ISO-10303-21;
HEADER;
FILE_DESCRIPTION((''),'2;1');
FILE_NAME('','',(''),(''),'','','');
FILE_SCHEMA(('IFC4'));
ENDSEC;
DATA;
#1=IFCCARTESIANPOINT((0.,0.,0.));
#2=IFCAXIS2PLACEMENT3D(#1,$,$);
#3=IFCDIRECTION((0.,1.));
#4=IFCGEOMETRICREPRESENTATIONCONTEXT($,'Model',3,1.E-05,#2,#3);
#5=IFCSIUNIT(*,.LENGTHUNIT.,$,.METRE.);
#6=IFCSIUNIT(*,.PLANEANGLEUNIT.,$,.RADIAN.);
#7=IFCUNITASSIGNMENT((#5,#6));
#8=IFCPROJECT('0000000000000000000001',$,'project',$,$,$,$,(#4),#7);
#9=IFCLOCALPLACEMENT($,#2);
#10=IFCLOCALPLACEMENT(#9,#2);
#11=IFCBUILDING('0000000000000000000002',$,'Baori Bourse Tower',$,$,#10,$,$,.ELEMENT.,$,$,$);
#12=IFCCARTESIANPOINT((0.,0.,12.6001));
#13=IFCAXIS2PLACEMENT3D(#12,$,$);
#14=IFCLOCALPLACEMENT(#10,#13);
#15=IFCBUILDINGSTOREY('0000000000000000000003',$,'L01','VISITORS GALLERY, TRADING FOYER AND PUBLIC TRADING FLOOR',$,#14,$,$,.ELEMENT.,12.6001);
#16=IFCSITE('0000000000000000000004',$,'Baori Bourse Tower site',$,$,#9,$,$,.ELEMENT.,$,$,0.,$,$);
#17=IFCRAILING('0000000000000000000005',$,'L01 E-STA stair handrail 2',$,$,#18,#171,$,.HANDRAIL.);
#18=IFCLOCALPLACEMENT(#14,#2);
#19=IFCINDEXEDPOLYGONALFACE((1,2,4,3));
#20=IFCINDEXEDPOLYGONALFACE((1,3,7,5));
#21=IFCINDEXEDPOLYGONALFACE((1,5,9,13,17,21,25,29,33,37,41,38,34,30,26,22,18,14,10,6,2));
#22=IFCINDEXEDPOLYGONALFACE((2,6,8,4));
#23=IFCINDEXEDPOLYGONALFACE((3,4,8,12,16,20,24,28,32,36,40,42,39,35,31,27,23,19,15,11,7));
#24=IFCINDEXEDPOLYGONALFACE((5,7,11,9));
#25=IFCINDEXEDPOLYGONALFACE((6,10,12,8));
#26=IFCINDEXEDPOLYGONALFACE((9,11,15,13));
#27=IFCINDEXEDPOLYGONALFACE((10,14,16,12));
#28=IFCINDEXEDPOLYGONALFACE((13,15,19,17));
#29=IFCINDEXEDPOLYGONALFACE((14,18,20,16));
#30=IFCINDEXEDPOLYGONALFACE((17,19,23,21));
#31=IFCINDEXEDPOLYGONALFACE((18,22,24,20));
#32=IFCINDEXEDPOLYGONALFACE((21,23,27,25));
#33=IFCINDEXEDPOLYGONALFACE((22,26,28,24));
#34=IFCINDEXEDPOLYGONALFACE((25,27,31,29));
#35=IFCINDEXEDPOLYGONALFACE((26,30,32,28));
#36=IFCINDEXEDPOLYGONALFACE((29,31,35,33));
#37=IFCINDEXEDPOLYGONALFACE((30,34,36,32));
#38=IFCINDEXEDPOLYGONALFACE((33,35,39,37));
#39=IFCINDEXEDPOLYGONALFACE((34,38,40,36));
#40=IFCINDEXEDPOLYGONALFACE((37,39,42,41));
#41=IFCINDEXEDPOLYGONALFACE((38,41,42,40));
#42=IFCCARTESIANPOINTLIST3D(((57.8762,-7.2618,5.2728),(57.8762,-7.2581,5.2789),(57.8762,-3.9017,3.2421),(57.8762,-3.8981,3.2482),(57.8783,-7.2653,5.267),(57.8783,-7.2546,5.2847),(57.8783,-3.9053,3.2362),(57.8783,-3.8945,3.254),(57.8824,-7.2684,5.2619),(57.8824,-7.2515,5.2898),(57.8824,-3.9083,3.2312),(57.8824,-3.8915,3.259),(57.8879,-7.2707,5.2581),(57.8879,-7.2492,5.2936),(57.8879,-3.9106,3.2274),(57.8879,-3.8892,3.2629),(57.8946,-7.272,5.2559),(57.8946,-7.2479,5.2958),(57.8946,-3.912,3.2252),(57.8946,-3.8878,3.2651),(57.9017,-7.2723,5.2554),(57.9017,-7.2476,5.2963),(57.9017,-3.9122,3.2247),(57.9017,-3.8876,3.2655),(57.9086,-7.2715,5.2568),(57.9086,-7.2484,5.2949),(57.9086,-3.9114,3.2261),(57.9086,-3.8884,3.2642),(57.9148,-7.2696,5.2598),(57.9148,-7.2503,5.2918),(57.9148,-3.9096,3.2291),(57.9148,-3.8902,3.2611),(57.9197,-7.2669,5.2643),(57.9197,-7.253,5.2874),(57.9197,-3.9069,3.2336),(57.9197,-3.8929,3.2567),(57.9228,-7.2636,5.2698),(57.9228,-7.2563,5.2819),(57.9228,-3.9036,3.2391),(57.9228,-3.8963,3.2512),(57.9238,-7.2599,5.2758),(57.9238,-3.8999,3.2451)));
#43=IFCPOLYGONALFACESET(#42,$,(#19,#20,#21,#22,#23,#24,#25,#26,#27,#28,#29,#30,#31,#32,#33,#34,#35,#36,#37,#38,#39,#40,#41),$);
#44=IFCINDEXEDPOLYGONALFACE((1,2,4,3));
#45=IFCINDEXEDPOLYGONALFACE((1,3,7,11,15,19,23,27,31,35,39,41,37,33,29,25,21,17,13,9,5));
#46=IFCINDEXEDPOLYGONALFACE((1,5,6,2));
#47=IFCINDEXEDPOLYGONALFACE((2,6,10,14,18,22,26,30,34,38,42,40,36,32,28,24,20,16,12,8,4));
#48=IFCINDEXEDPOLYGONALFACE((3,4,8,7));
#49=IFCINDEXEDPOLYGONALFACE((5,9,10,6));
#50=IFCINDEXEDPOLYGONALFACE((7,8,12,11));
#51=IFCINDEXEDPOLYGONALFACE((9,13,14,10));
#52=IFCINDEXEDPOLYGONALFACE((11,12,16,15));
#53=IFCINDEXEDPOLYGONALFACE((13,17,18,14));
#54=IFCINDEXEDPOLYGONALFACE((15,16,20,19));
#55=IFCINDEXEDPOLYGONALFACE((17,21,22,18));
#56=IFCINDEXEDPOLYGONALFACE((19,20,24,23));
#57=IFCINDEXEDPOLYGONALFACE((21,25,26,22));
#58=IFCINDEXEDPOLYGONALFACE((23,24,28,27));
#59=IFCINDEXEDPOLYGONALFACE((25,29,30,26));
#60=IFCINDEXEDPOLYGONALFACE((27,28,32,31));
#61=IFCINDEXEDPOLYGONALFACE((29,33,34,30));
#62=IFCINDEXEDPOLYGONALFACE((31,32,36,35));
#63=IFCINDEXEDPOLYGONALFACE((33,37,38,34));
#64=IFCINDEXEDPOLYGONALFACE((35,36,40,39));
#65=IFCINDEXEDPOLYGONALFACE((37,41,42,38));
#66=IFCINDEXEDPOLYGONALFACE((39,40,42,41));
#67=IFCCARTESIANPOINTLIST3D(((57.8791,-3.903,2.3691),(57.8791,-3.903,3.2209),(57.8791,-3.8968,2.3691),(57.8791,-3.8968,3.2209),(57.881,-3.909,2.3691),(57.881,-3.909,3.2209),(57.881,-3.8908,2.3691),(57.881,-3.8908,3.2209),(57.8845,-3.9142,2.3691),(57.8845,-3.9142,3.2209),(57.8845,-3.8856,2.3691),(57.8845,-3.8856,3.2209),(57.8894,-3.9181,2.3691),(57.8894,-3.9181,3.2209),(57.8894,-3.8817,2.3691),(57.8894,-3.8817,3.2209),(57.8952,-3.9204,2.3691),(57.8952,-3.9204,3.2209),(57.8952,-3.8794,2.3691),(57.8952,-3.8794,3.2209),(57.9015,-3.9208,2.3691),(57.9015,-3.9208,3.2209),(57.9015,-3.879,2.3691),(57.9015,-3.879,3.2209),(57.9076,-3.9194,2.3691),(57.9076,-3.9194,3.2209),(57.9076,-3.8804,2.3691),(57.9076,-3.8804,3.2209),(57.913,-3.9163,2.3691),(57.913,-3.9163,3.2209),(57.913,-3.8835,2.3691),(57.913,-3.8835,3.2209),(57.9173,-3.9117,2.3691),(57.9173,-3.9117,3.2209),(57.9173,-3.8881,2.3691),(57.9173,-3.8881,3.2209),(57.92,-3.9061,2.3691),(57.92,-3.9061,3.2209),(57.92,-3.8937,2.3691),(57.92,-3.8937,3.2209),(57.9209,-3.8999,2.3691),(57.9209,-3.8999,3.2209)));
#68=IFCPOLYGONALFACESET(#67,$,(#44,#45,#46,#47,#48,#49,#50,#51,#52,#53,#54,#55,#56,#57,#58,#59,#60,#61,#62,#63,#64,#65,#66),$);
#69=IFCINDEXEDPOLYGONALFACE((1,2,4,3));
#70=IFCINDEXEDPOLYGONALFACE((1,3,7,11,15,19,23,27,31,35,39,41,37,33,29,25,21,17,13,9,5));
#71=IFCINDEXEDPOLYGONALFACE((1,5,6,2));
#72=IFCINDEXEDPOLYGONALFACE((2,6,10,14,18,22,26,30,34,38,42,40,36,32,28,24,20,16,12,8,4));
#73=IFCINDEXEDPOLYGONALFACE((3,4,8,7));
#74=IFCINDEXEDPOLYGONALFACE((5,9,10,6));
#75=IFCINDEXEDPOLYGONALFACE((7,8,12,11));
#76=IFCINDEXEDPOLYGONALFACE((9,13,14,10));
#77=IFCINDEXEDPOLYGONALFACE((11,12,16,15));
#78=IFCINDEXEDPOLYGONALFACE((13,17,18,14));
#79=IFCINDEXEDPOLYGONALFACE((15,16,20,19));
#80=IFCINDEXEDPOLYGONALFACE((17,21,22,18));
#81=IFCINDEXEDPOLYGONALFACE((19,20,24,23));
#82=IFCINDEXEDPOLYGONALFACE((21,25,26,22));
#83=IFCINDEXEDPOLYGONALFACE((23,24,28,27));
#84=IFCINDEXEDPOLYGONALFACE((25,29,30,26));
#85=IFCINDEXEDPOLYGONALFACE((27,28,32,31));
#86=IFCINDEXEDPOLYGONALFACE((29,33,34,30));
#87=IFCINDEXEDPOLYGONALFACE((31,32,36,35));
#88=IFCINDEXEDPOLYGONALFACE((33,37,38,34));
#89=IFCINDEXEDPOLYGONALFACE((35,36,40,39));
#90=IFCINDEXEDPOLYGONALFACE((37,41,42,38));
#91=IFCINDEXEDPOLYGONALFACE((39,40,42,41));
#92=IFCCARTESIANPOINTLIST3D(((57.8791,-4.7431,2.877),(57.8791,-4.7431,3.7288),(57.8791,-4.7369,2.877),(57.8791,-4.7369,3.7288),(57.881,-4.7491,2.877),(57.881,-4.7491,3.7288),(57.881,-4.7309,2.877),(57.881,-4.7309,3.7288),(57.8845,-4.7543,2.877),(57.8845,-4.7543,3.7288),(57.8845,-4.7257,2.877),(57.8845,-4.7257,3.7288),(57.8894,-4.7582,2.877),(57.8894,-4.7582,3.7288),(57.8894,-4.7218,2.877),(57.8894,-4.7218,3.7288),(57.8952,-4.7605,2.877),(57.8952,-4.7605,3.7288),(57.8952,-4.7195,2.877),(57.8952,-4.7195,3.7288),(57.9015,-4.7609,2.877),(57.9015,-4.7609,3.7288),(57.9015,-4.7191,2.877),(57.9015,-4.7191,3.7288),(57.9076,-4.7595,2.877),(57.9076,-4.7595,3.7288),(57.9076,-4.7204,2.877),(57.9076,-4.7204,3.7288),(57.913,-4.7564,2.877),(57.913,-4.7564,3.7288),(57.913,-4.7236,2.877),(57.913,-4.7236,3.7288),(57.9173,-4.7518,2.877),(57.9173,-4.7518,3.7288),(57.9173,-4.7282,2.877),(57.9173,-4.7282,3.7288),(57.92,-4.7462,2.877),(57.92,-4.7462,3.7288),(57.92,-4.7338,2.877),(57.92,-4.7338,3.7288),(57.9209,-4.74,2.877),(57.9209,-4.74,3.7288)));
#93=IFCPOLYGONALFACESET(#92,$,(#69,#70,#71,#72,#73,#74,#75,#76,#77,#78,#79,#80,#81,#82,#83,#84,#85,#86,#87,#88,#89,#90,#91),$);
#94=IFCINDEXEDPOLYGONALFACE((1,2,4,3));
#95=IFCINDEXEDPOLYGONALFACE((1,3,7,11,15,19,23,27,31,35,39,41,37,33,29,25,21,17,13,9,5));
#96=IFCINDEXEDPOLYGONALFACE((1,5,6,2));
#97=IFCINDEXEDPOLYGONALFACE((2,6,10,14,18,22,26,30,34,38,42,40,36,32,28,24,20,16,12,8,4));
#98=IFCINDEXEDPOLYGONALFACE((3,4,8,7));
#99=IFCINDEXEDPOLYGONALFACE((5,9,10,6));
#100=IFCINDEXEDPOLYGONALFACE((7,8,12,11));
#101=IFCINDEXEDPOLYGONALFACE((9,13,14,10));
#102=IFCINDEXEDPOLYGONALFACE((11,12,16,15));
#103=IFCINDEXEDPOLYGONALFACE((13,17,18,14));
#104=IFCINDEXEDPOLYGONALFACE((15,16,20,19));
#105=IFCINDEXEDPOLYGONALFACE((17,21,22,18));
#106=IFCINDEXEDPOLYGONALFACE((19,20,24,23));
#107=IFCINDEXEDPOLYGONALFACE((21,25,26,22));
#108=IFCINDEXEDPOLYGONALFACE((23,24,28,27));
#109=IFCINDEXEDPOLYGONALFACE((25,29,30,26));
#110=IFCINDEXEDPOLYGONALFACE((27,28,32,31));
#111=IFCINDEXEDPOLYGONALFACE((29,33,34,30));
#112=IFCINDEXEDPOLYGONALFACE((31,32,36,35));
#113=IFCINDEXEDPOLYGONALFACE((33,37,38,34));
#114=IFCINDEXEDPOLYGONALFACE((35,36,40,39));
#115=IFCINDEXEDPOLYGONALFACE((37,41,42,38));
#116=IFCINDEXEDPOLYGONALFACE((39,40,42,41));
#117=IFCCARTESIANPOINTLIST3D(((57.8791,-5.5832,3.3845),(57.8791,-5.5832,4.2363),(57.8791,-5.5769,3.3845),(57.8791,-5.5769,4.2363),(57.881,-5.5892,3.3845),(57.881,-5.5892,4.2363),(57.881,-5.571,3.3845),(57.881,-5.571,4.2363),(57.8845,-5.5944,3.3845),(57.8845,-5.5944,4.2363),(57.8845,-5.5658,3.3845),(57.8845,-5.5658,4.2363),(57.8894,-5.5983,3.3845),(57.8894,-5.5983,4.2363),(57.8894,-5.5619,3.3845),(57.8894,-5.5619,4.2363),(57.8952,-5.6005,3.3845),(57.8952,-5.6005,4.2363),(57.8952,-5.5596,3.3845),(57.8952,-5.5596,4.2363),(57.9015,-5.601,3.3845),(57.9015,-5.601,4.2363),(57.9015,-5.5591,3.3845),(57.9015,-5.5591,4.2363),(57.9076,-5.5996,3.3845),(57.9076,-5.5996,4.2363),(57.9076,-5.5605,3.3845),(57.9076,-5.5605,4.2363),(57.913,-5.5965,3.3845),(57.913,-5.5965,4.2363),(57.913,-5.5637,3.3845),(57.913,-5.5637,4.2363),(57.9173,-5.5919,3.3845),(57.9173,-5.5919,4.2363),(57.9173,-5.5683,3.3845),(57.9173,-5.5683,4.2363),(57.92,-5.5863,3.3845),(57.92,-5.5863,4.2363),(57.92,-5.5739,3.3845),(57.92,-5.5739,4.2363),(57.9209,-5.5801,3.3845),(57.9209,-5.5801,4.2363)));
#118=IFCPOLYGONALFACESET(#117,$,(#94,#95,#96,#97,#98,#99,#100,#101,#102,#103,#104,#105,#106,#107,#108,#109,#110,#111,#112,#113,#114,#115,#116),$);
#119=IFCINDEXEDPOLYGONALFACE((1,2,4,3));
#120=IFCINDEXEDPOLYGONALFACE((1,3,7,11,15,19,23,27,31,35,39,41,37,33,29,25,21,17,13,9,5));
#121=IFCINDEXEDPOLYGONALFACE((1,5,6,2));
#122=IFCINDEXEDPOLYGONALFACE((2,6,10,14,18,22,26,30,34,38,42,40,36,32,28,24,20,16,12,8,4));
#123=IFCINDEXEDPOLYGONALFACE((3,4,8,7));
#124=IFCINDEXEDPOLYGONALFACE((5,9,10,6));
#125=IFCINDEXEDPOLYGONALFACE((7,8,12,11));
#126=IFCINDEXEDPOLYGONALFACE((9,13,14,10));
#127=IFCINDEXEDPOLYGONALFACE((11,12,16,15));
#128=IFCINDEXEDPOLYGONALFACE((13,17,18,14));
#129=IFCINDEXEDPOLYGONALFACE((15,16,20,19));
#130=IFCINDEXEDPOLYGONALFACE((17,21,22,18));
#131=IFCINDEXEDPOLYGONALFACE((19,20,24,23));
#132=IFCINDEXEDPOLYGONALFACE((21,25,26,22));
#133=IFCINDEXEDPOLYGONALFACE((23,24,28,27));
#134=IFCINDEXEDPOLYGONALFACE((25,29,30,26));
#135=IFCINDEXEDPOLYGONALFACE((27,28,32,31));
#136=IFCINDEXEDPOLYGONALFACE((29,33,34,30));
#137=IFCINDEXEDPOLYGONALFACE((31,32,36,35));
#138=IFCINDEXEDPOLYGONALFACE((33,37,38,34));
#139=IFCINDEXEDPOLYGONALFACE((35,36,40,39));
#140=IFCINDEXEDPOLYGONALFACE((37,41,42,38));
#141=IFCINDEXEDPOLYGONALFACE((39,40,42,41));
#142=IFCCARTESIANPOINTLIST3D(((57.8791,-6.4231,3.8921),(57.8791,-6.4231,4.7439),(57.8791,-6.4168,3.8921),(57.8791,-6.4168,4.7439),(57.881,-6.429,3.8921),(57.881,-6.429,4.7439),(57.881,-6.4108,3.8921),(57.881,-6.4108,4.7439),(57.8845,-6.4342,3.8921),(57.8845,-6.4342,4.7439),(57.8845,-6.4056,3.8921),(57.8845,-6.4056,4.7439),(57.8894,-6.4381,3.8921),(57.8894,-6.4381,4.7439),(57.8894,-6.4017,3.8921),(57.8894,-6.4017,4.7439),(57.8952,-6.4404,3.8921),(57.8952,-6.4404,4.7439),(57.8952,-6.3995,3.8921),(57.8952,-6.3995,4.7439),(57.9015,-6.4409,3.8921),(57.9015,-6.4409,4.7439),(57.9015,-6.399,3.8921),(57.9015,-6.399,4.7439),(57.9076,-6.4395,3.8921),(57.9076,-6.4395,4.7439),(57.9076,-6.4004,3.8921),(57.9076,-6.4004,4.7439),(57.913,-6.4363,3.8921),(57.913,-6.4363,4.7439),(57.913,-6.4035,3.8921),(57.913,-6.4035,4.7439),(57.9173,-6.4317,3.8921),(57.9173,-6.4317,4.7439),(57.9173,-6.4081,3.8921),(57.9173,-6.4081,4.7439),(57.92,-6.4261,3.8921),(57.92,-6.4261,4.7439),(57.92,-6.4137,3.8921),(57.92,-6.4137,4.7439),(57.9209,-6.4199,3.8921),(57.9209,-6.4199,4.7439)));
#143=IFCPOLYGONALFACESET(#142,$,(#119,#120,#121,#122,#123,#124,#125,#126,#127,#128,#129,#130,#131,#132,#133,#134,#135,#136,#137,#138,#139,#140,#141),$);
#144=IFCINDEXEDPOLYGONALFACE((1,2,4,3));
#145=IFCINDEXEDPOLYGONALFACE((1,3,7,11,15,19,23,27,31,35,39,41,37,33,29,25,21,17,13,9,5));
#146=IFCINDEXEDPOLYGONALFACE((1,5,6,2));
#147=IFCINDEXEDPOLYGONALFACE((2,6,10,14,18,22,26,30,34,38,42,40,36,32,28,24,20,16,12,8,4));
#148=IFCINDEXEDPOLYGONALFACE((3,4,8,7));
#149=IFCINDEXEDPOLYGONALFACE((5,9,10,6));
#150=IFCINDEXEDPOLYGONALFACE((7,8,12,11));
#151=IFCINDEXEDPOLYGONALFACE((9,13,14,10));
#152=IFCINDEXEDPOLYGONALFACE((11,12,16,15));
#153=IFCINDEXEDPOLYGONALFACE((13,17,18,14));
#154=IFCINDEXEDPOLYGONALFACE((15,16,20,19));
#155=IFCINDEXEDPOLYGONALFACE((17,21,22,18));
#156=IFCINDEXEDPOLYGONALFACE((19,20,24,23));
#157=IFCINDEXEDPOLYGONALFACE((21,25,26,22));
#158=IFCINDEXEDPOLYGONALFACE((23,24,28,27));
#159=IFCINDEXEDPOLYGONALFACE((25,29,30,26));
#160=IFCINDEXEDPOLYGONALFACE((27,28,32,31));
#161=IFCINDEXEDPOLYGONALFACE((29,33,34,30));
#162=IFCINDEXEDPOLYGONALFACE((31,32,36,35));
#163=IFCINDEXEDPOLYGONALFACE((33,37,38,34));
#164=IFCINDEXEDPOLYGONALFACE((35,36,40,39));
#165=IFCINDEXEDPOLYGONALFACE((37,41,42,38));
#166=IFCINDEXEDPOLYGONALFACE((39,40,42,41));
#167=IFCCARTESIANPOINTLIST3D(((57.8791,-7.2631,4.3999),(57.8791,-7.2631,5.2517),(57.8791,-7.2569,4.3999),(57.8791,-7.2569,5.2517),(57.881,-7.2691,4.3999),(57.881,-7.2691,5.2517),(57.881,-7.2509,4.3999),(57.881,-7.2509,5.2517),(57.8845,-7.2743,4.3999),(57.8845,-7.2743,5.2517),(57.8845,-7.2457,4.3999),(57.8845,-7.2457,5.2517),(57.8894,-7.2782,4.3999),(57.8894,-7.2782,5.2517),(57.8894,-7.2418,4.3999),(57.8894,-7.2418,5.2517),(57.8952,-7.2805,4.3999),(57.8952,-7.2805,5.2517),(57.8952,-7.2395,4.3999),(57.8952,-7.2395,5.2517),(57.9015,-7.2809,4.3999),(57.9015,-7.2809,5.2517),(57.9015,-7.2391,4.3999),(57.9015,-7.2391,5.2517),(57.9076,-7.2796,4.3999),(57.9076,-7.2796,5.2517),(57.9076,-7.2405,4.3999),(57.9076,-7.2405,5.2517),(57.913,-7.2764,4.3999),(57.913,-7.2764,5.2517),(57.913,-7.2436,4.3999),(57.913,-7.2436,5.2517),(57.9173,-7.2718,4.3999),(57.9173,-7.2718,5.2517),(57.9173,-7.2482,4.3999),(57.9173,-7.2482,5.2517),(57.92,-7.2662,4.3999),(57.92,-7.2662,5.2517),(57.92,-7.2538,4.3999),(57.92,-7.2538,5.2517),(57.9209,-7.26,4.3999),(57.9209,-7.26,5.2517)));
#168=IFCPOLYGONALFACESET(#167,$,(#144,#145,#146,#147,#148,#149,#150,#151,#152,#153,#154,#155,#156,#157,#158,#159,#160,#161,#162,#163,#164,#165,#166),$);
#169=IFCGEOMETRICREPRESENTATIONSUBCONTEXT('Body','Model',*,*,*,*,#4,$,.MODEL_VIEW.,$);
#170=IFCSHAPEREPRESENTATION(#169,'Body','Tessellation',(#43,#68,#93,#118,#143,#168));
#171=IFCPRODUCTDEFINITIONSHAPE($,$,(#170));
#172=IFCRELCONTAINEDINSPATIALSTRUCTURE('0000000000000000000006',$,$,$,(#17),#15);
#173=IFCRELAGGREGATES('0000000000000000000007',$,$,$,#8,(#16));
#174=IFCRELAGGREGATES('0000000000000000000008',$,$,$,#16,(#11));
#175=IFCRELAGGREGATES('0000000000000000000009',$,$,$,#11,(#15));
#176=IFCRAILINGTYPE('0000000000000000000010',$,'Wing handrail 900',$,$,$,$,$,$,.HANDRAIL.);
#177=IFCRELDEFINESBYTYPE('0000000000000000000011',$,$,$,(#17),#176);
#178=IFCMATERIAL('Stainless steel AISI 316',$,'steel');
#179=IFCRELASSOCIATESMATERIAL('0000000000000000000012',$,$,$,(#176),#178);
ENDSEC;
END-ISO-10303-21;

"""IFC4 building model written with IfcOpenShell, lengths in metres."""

from ifc_helpers import new_model, si_unit, direction, frame, origin, origin_2d, place, context, subcontext, project, spatial, circle, extrude, material, type_object, element, save


model = new_model("IFC4")

# Units and contexts
model_context = context("Model", 3, precision=1e-05, world=origin(), true_north=direction((0.0, 1.0)))
body_context = subcontext(model_context, "Body", "Model", "MODEL_VIEW")
ifc_project = project(units=[si_unit("LENGTHUNIT", "METRE"), si_unit("PLANEANGLEUNIT", "RADIAN")], contexts=[model_context])

# Site, building, storey
site_placement = place(None, origin())
site = spatial("IfcSite", under=ifc_project, at=site_placement, Name="Baori Bourse Tower site", CompositionType="ELEMENT", RefElevation=0.0)
building_placement = place(site_placement, origin())
building = spatial("IfcBuilding", under=site, at=building_placement, Name="Baori Bourse Tower", CompositionType="ELEMENT")
storey_placement = place(building_placement, frame((0.0, 0.0, 12.6001)))
storey = spatial("IfcBuildingStorey", under=building, at=storey_placement, Name="L01", Description="VISITORS GALLERY, TRADING FOYER AND PUBLIC TRADING FLOOR", CompositionType="ELEMENT", Elevation=12.6001)

# Railing
ifc_material_1 = material(Name="Stainless steel AISI 316", Category="steel")
railing_type_1 = type_object("IfcRailingType", Name="Wing handrail 900", PredefinedType="HANDRAIL", material=ifc_material_1)
railing_1_placement = place(storey_placement, frame((57.8999, -3.8999, 2.3691)))
element("IfcRailing", 1, at=railing_1_placement, inside=storey, type_object=railing_type_1, Name="L01 E-STA stair handrail 2", PredefinedType="HANDRAIL", context=body_context, shape_type="SweptSolid", body=[
    extrude(circle(Radius=0.0239, at=origin_2d()), frame((0.0, 0.0, 0.876), z_axis=(0.0, -0.855837, 0.517246), x_axis=(1.0, 0.0, 0.0)), (0.0, 0.0, 1.0), 3.926),
    extrude(circle(Radius=0.021, at=origin_2d()), origin(), (0.0, 0.0, 1.0), 0.8518),
    extrude(circle(Radius=0.021, at=origin_2d()), frame((0.0, -0.8401, 0.5078)), (0.0, 0.0, 1.0), 0.8518),
    extrude(circle(Radius=0.021, at=origin_2d()), frame((0.0, -1.6802, 1.0154)), (0.0, 0.0, 1.0), 0.8518),
    extrude(circle(Radius=0.021, at=origin_2d()), frame((0.0, -2.52, 1.5229)), (0.0, 0.0, 1.0), 0.8518),
    extrude(circle(Radius=0.021, at=origin_2d()), frame((0.0, -3.3601, 2.0308)), (0.0, 0.0, 1.0), 0.8518),
])

save(model, "model.ifc")
